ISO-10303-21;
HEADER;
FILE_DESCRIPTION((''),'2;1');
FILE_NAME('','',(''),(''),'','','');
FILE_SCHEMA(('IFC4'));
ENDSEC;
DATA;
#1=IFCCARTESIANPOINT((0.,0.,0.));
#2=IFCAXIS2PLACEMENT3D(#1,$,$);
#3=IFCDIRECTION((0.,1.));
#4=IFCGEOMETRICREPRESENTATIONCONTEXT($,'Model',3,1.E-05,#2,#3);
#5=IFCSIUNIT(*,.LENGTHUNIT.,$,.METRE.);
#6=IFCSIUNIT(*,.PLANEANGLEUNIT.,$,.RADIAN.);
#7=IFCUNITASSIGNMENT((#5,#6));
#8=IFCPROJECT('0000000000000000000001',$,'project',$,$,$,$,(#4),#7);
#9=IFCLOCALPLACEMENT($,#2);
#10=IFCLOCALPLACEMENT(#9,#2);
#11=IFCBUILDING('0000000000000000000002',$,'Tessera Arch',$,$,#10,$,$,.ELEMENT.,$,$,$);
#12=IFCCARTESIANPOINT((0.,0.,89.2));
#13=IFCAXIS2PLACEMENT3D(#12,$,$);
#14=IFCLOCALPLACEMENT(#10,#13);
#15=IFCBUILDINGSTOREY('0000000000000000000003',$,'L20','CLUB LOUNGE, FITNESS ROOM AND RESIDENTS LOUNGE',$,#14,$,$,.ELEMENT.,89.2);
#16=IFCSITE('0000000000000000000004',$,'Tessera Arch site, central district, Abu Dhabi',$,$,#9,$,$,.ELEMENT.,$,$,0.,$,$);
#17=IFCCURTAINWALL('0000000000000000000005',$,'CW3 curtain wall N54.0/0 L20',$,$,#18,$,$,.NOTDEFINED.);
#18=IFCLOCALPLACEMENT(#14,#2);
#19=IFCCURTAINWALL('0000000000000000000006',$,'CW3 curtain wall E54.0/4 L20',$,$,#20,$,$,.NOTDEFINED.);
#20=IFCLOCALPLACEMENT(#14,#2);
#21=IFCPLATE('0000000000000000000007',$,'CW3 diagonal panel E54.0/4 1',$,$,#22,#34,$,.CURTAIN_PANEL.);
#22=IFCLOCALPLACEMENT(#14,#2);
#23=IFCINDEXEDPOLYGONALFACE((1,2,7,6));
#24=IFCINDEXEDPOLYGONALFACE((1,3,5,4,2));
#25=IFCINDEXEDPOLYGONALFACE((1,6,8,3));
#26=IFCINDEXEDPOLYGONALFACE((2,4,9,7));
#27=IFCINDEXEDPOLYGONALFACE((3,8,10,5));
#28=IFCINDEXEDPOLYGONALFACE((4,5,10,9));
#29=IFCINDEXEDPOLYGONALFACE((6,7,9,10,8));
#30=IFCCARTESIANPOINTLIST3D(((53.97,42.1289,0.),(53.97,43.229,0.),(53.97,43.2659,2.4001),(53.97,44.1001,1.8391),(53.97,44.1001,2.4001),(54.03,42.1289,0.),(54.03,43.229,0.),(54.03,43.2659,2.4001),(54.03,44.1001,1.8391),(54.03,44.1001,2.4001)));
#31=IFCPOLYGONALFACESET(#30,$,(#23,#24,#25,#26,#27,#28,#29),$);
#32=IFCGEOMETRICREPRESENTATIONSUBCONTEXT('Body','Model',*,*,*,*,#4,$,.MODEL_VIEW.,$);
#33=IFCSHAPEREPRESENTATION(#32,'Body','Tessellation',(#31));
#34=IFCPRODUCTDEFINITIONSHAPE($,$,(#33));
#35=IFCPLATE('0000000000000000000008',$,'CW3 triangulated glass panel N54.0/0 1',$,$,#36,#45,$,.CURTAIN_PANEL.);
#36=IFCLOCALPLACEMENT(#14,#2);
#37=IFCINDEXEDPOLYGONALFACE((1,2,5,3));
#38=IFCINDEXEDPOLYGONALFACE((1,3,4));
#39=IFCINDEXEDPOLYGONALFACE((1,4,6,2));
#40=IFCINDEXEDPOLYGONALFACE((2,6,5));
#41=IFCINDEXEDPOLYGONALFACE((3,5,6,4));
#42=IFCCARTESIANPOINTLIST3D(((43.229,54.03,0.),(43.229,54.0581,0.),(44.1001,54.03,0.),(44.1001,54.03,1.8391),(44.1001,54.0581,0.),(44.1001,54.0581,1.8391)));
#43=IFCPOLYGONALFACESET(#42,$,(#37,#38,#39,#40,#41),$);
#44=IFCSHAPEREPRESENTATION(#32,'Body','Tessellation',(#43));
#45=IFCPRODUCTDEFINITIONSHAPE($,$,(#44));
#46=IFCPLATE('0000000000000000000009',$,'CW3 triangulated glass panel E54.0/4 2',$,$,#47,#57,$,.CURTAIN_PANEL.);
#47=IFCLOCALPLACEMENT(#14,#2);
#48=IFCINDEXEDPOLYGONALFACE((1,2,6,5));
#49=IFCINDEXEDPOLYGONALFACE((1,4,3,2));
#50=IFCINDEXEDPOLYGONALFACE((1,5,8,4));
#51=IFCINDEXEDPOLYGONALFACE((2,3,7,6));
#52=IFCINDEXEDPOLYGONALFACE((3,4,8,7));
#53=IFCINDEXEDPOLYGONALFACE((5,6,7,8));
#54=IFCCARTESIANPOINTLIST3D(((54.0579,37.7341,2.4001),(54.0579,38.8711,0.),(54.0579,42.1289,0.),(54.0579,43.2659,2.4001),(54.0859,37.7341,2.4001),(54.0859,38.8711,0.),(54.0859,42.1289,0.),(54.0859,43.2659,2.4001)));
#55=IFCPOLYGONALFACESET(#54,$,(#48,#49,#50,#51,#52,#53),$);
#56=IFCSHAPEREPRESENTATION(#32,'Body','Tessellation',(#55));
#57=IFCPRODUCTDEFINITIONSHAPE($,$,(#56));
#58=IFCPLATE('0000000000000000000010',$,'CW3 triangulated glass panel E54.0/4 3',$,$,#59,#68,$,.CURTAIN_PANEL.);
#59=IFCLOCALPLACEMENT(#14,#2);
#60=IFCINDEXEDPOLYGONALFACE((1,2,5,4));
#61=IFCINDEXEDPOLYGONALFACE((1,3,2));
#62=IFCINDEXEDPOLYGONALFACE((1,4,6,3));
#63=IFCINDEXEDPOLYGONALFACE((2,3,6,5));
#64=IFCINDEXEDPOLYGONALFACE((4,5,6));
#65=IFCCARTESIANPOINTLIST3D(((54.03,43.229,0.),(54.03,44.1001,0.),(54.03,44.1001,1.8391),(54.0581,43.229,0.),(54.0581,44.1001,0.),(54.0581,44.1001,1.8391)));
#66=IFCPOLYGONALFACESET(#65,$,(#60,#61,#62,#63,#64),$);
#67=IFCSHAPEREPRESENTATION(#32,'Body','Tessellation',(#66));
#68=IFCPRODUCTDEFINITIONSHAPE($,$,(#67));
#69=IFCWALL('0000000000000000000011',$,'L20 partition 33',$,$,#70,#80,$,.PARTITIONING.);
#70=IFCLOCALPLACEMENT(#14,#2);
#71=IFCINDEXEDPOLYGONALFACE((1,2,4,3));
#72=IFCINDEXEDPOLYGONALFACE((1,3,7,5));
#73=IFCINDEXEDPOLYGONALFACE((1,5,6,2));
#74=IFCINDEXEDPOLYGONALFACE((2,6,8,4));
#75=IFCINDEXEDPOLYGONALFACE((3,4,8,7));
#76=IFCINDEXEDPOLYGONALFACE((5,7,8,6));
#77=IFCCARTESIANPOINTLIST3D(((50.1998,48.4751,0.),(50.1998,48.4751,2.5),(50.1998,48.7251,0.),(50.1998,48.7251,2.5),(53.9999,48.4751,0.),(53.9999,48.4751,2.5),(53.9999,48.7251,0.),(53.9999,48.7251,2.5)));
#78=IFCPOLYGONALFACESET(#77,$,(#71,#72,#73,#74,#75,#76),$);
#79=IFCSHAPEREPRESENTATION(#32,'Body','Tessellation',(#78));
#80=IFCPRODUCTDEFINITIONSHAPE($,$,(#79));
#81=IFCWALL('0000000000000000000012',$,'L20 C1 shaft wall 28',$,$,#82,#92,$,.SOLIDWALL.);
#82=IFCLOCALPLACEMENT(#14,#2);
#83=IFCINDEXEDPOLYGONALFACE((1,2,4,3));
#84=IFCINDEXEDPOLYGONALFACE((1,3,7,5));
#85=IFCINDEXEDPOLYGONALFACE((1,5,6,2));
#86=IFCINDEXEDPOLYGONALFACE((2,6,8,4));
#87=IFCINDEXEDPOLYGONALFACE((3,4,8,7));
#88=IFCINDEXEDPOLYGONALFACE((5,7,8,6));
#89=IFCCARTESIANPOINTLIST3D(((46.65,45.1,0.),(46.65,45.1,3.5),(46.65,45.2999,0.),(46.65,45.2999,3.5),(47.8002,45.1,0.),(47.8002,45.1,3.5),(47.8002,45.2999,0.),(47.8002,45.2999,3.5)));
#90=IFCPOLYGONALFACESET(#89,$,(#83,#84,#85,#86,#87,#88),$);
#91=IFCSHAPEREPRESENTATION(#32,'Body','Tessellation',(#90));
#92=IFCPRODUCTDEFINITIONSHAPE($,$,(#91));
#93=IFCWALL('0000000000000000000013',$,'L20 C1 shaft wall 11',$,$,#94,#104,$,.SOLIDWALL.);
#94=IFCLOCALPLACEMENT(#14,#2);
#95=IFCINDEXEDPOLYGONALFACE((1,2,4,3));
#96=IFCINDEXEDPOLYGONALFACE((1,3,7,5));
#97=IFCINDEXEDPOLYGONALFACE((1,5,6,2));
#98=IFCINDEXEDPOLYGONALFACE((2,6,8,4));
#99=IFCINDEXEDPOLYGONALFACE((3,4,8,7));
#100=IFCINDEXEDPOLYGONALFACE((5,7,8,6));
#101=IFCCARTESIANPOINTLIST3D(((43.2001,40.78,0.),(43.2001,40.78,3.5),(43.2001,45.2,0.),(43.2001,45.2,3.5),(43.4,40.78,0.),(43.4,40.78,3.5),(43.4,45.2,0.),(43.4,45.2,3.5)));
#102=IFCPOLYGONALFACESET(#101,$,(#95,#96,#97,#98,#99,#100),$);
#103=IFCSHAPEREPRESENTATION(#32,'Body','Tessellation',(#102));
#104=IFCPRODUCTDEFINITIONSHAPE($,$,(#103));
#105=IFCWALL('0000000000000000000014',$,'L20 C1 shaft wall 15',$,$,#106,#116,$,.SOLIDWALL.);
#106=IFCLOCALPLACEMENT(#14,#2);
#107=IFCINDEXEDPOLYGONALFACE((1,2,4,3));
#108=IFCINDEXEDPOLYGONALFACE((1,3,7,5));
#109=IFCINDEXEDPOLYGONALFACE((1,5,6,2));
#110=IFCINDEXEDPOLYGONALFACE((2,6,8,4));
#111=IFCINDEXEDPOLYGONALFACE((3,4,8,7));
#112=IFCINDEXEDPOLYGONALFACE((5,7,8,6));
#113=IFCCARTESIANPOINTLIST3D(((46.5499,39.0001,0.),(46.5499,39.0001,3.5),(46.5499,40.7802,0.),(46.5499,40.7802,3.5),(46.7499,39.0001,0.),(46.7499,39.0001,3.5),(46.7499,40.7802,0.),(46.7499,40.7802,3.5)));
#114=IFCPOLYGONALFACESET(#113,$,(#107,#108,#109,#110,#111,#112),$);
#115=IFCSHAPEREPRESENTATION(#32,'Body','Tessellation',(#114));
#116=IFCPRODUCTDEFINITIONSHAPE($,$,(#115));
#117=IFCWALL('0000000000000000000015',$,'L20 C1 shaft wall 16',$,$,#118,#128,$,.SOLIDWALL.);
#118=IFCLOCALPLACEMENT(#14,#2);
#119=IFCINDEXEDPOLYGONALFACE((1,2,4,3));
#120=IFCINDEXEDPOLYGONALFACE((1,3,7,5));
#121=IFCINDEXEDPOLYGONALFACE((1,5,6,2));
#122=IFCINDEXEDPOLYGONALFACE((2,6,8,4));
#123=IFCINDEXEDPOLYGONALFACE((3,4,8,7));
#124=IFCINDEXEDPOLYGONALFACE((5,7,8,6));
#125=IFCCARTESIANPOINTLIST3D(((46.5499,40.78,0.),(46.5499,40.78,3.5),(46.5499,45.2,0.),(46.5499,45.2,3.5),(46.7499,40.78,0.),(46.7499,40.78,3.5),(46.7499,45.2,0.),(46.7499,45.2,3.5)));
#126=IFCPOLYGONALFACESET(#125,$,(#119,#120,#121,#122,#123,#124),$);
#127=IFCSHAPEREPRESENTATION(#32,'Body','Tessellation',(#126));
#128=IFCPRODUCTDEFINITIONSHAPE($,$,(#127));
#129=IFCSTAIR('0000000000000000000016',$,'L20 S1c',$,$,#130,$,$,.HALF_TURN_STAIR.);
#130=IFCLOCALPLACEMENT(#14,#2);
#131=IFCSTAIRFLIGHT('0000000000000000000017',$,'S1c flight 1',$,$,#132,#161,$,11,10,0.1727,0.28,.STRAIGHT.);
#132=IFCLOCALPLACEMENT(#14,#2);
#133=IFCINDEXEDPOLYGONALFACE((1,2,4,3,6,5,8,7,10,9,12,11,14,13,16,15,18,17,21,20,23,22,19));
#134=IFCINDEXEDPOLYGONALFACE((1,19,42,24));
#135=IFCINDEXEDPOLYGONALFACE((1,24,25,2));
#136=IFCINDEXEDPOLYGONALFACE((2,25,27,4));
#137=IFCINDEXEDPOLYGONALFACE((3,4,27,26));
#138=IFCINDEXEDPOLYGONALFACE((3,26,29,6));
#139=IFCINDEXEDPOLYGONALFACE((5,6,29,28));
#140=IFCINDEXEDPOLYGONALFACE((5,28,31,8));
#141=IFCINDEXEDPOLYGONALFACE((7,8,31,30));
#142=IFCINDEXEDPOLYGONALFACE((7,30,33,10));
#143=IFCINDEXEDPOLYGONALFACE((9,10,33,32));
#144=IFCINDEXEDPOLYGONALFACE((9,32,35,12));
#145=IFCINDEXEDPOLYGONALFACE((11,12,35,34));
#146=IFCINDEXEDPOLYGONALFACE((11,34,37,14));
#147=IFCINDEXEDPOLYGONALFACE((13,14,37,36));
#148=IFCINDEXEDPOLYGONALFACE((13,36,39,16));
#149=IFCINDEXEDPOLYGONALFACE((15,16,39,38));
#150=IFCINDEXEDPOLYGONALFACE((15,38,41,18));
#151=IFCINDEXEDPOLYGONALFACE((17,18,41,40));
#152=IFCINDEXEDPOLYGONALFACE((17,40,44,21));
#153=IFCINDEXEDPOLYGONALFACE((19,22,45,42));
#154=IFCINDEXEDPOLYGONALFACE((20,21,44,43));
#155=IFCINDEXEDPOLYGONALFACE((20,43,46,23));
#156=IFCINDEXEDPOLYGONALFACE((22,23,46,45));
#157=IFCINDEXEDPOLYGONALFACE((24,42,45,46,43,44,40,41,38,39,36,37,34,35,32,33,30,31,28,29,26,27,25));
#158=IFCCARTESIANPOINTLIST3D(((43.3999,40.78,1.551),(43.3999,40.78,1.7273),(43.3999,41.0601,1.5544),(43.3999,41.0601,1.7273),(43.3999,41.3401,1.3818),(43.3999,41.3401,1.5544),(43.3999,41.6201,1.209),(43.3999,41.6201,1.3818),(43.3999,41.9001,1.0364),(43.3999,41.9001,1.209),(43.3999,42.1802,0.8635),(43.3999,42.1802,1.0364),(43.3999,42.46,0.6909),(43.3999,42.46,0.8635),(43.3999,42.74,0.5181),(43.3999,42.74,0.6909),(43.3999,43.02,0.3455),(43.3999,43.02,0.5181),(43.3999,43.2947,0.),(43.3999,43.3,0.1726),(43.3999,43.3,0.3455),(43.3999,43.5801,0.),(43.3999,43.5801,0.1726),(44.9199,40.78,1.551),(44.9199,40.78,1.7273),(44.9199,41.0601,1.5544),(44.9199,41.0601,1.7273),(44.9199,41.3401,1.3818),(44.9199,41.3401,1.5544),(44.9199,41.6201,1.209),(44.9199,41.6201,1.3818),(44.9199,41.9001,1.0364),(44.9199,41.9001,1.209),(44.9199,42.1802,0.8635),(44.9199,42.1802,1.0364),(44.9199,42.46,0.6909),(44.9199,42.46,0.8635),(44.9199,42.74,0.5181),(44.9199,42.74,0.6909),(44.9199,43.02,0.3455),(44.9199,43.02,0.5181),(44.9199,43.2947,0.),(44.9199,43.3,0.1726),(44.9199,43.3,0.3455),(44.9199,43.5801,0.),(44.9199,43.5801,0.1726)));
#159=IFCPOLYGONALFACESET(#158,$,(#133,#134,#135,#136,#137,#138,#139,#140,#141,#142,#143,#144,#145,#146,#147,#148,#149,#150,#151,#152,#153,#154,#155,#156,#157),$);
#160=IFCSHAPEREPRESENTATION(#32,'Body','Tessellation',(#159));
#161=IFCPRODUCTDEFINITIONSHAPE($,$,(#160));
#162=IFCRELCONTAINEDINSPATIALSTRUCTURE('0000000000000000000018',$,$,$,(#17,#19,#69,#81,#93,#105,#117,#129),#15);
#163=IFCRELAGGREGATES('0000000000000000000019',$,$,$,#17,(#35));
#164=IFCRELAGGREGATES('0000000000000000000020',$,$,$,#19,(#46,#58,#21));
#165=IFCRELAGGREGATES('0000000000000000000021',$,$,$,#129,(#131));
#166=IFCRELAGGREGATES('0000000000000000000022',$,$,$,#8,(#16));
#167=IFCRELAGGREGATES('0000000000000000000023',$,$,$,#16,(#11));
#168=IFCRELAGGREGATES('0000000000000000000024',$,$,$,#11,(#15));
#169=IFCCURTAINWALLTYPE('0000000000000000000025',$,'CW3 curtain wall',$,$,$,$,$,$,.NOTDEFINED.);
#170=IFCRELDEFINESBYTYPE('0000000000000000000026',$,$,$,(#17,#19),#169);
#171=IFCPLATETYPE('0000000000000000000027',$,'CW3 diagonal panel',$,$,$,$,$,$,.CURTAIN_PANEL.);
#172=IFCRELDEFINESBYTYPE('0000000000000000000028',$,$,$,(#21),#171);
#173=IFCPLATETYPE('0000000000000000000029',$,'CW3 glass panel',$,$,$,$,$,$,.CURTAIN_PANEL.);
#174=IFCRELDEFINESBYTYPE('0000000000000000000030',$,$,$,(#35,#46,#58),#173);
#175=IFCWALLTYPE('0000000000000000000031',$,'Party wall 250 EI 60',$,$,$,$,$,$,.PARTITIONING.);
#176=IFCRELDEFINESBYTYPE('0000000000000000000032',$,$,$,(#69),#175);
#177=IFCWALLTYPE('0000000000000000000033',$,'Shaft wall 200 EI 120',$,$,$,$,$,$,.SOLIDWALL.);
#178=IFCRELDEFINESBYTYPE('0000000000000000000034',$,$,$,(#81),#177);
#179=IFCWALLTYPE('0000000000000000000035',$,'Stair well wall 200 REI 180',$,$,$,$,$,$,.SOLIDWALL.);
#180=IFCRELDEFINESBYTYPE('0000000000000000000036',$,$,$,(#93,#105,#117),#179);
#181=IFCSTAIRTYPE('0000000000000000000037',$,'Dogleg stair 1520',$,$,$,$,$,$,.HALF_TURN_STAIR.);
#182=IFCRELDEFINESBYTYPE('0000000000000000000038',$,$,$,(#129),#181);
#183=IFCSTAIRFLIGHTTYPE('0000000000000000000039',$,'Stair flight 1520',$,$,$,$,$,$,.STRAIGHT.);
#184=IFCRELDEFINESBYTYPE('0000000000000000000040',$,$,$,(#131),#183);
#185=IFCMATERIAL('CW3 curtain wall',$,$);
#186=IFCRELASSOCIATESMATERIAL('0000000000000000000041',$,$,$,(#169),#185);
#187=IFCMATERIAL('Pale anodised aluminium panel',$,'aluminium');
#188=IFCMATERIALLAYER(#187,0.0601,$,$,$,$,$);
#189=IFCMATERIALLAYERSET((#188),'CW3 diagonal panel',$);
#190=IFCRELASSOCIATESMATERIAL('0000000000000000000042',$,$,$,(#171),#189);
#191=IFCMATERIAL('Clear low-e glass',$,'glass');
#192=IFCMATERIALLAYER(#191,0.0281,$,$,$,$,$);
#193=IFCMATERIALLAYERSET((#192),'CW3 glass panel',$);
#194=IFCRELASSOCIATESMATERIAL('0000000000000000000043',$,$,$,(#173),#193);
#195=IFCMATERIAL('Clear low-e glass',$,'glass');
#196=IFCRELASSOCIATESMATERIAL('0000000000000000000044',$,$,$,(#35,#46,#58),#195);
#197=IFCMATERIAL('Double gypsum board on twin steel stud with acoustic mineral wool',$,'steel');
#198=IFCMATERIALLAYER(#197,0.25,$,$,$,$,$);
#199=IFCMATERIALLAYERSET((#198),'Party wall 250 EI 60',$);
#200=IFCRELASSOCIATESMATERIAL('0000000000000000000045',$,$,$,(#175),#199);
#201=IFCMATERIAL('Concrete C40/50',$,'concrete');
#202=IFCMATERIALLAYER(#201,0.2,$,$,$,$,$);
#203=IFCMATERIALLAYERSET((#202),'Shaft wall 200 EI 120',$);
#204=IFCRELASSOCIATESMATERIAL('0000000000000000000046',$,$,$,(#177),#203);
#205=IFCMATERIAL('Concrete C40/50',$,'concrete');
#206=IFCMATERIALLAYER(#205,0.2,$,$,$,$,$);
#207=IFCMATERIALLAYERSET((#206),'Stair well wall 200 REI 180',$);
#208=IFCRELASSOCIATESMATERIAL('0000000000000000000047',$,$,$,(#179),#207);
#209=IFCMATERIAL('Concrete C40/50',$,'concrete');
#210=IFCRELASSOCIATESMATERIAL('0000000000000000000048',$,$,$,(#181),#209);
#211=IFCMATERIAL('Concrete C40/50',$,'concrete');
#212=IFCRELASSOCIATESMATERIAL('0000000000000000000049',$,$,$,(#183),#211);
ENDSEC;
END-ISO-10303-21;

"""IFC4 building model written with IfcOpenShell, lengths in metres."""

from ifc_helpers import new_model, si_unit, direction, frame, frame_2d, origin, place, context, subcontext, project, spatial, polyline, rectangle, outline, extrude, material, layer, layer_set, type_object, element, aggregate, save


model = new_model("IFC4")

# Units and contexts
model_context = context("Model", 3, precision=1e-05, world=origin(), true_north=direction((0.0, 1.0)))
body_context = subcontext(model_context, "Body", "Model", "MODEL_VIEW")
ifc_project = project(units=[si_unit("LENGTHUNIT", "METRE"), si_unit("PLANEANGLEUNIT", "RADIAN")], contexts=[model_context])

# Site, building, storey
site_placement = place(None, origin())
site = spatial("IfcSite", under=ifc_project, at=site_placement, Name="Tessera Arch site, central district, Abu Dhabi", CompositionType="ELEMENT", RefElevation=0.0)
building_placement = place(site_placement, origin())
building = spatial("IfcBuilding", under=site, at=building_placement, Name="Tessera Arch", CompositionType="ELEMENT")
storey_placement = place(building_placement, frame((0.0, 0.0, 89.2)))
storey = spatial("IfcBuildingStorey", under=building, at=storey_placement, Name="L20", Description="CLUB LOUNGE, FITNESS ROOM AND RESIDENTS LOUNGE", CompositionType="ELEMENT", Elevation=89.2)

# Curtain wall
ifc_material_1 = material(Name="CW3 curtain wall")
curtain_wall_type_1 = type_object("IfcCurtainWallType", Name="CW3 curtain wall", PredefinedType="NOTDEFINED", material=ifc_material_1)
curtain_wall_1_placement = place(storey_placement, origin())
curtain_wall_1 = element("IfcCurtainWall", 1, at=curtain_wall_1_placement, inside=storey, type_object=curtain_wall_type_1, Name="CW3 curtain wall N54.0/0 L20", PredefinedType="NOTDEFINED")

# Shared definitions
ifc_material_2 = material(Name="Clear low-e glass", Category="glass")
ifc_material_3 = material(Name="Pale anodised aluminium panel", Category="aluminium")
ifc_layer_1 = layer(ifc_material_3, 0.0601)
ifc_layer_set_1 = layer_set([ifc_layer_1], Name="CW3 diagonal panel")
plate_type_1 = type_object("IfcPlateType", Name="CW3 diagonal panel", PredefinedType="CURTAIN_PANEL", material=ifc_layer_set_1)

# Curtain wall, plate
curtain_wall_2_placement = place(storey_placement, origin())
curtain_wall_2 = element("IfcCurtainWall", 2, at=curtain_wall_2_placement, inside=storey, type_object=curtain_wall_type_1, Name="CW3 curtain wall E54.0/4 L20", PredefinedType="NOTDEFINED")
plate_1_placement = place(storey_placement, frame((54.03, 44.1001, 2.4001), z_axis=(1.0, 0.0, 0.0), x_axis=(0.0, -1.0, 0.0)))
plate_1 = element("IfcPlate", 3, at=plate_1_placement, type_object=plate_type_1, Name="CW3 diagonal panel E54.0/4 1", PredefinedType="CURTAIN_PANEL", context=body_context, shape_type="SweptSolid", body=[
    extrude(outline(polyline([(0.0, 0.0), (0.8342, 0.0), (1.9712, 2.4001), (0.8711, 2.4001), (0.0, 0.561), (0.0, 0.0)])), origin(), (0.0, 0.0, -1.0), 0.0601),
])

# Plates
ifc_material_4 = material(Name="Clear low-e glass", Category="glass")
ifc_layer_2 = layer(ifc_material_4, 0.0281)
ifc_layer_set_2 = layer_set([ifc_layer_2], Name="CW3 glass panel")
plate_type_2 = type_object("IfcPlateType", Name="CW3 glass panel", PredefinedType="CURTAIN_PANEL", material=ifc_layer_set_2)
plate_2_placement = place(storey_placement, frame((44.1001, 54.0581, 0.0), z_axis=(0.0, 1.0, 0.0), x_axis=(-1.0, 0.0, 0.0)))
plate_2 = element("IfcPlate", 4, at=plate_2_placement, type_object=plate_type_2, material=ifc_material_2, Name="CW3 triangulated glass panel N54.0/0 1", PredefinedType="CURTAIN_PANEL", context=body_context, shape_type="SweptSolid", body=[
    extrude(outline(polyline([(0.0, 0.0), (0.8711, 0.0), (0.0, 1.8391), (0.0, 0.0)])), origin(), (0.0, 0.0, -1.0), 0.0281),
])
aggregate(curtain_wall_1, [plate_2])
plate_3_placement = place(storey_placement, frame((54.0859, 43.2659, 2.4001), z_axis=(1.0, 0.0, 0.0), x_axis=(0.0, -1.0, 0.0)))
plate_3 = element("IfcPlate", 5, at=plate_3_placement, type_object=plate_type_2, material=ifc_material_2, Name="CW3 triangulated glass panel E54.0/4 2", PredefinedType="CURTAIN_PANEL", context=body_context, shape_type="SweptSolid", body=[
    extrude(outline(polyline([(0.0, 0.0), (5.5317, 0.0), (4.3948, 2.4001), (1.137, 2.4001), (0.0, 0.0)])), origin(), (0.0, 0.0, -1.0), 0.0281),
])
plate_4_placement = place(storey_placement, frame((54.0581, 44.1001, 0.0), z_axis=(1.0, 0.0, 0.0), x_axis=(0.0, 0.0, 1.0)))
plate_4 = element("IfcPlate", 6, at=plate_4_placement, type_object=plate_type_2, material=ifc_material_2, Name="CW3 triangulated glass panel E54.0/4 3", PredefinedType="CURTAIN_PANEL", context=body_context, shape_type="SweptSolid", body=[
    extrude(outline(polyline([(0.0, 0.0), (1.8391, 0.0), (0.0, 0.8711), (0.0, 0.0)])), origin(), (0.0, 0.0, -1.0), 0.0281),
])
aggregate(curtain_wall_2, [plate_3, plate_4, plate_1])

# Walls
ifc_material_5 = material(Name="Double gypsum board on twin steel stud with acoustic mineral wool", Category="steel")
ifc_layer_3 = layer(ifc_material_5, 0.25)
ifc_layer_set_3 = layer_set([ifc_layer_3], Name="Party wall 250 EI 60")
wall_type_1 = type_object("IfcWallType", Name="Party wall 250 EI 60", PredefinedType="PARTITIONING", material=ifc_layer_set_3)
wall_1_placement = place(storey_placement, frame((50.2, 48.6001, 0.0), z_axis=(0.0, 0.0, 1.0), x_axis=(1.0, 0.0, 0.0)))
element("IfcWall", 7, at=wall_1_placement, inside=storey, type_object=wall_type_1, Name="L20 partition 33", PredefinedType="PARTITIONING", context=body_context, shape_type="SweptSolid", body=[
    extrude(rectangle(XDim=3.8, YDim=0.25, at=frame_2d((1.8999, 0.0))), origin(), (0.0, 0.0, 1.0), 2.5),
])
ifc_material_6 = material(Name="Concrete C40/50", Category="concrete")
ifc_layer_4 = layer(ifc_material_6, 0.2)
ifc_layer_set_4 = layer_set([ifc_layer_4], Name="Shaft wall 200 EI 120")
wall_type_2 = type_object("IfcWallType", Name="Shaft wall 200 EI 120", PredefinedType="SOLIDWALL", material=ifc_layer_set_4)
wall_2_placement = place(storey_placement, frame((46.6499, 45.2, 0.0), z_axis=(0.0, 0.0, 1.0), x_axis=(1.0, 0.0, 0.0)))
element("IfcWall", 8, at=wall_2_placement, inside=storey, type_object=wall_type_2, Name="L20 C1 shaft wall 28", PredefinedType="SOLIDWALL", context=body_context, shape_type="SweptSolid", body=[
    extrude(rectangle(XDim=1.1501, YDim=0.2, at=frame_2d((0.5752, 0.0))), origin(), (0.0, 0.0, 1.0), 3.5),
])
ifc_material_7 = material(Name="Concrete C40/50", Category="concrete")
ifc_layer_5 = layer(ifc_material_7, 0.2)
ifc_layer_set_5 = layer_set([ifc_layer_5], Name="Stair well wall 200 REI 180")
wall_type_3 = type_object("IfcWallType", Name="Stair well wall 200 REI 180", PredefinedType="SOLIDWALL", material=ifc_layer_set_5)
wall_3_placement = place(storey_placement, frame((43.3, 40.78, 0.0), z_axis=(0.0, 0.0, 1.0), x_axis=(0.0, 1.0, 0.0)))
element("IfcWall", 9, at=wall_3_placement, inside=storey, type_object=wall_type_3, Name="L20 C1 shaft wall 11", PredefinedType="SOLIDWALL", context=body_context, shape_type="SweptSolid", body=[
    extrude(rectangle(XDim=4.4199, YDim=0.2, at=frame_2d((2.21, 0.0))), origin(), (0.0, 0.0, 1.0), 3.5),
])
wall_4_placement = place(storey_placement, frame((46.6499, 39.0, 0.0), z_axis=(0.0, 0.0, 1.0), x_axis=(0.0, 1.0, 0.0)))
element("IfcWall", 10, at=wall_4_placement, inside=storey, type_object=wall_type_3, Name="L20 C1 shaft wall 15", PredefinedType="SOLIDWALL", context=body_context, shape_type="SweptSolid", body=[
    extrude(rectangle(XDim=1.78, YDim=0.2, at=frame_2d((0.8901, 0.0))), origin(), (0.0, 0.0, 1.0), 3.5),
])
wall_5_placement = place(storey_placement, frame((46.6499, 40.78, 0.0), z_axis=(0.0, 0.0, 1.0), x_axis=(0.0, 1.0, 0.0)))
element("IfcWall", 11, at=wall_5_placement, inside=storey, type_object=wall_type_3, Name="L20 C1 shaft wall 16", PredefinedType="SOLIDWALL", context=body_context, shape_type="SweptSolid", body=[
    extrude(rectangle(XDim=4.4199, YDim=0.2, at=frame_2d((2.21, 0.0))), origin(), (0.0, 0.0, 1.0), 3.5),
])

# Stair, stair flight
ifc_material_8 = material(Name="Concrete C40/50", Category="concrete")
stair_type = type_object("IfcStairType", Name="Dogleg stair 1520", PredefinedType="HALF_TURN_STAIR", material=ifc_material_8)
stair_placement = place(storey_placement, origin())
stair = element("IfcStair", 12, at=stair_placement, inside=storey, type_object=stair_type, Name="L20 S1c", PredefinedType="HALF_TURN_STAIR")
ifc_material_9 = material(Name="Concrete C40/50", Category="concrete")
stair_flight_type = type_object("IfcStairFlightType", Name="Stair flight 1520", PredefinedType="STRAIGHT", material=ifc_material_9)
stair_flight_1_placement = place(storey_placement, frame((44.1599, 43.5801, 0.0), z_axis=(0.0, 0.0, 1.0), x_axis=(0.0, -1.0, 0.0)))
stair_flight_1 = element("IfcStairFlight", 13, at=stair_flight_1_placement, type_object=stair_flight_type, Name="S1c flight 1", NumberOfRisers=11, NumberOfTreads=10, PredefinedType="STRAIGHT", RiserHeight=0.1727, TreadLength=0.28, context=body_context, shape_type="SweptSolid", body=[
    extrude(outline(polyline([(0.0, 0.0), (0.0, 0.1726), (0.28, 0.1726), (0.28, 0.3455), (0.5601, 0.3455), (0.5601, 0.5181), (0.8401, 0.5181), (0.8401, 0.6909), (1.1201, 0.6909), (1.1201, 0.8635), (1.3999, 0.8635), (1.3999, 1.0364), (1.6799, 1.0364), (1.6799, 1.209), (1.96, 1.209), (1.96, 1.3818), (2.24, 1.3818), (2.24, 1.5544), (2.52, 1.5544), (2.52, 1.7273), (2.8, 1.7273), (2.8, 1.8999), (2.8, 1.551), (0.2854, 0.0), (0.0, 0.0)])), frame((0.0, 0.76, 0.0), z_axis=(0.0, -1.0, 0.0), x_axis=(1.0, 0.0, 0.0)), (0.0, 0.0, 1.0), 1.52),
])
aggregate(stair, [stair_flight_1])

save(model, "model.ifc")
